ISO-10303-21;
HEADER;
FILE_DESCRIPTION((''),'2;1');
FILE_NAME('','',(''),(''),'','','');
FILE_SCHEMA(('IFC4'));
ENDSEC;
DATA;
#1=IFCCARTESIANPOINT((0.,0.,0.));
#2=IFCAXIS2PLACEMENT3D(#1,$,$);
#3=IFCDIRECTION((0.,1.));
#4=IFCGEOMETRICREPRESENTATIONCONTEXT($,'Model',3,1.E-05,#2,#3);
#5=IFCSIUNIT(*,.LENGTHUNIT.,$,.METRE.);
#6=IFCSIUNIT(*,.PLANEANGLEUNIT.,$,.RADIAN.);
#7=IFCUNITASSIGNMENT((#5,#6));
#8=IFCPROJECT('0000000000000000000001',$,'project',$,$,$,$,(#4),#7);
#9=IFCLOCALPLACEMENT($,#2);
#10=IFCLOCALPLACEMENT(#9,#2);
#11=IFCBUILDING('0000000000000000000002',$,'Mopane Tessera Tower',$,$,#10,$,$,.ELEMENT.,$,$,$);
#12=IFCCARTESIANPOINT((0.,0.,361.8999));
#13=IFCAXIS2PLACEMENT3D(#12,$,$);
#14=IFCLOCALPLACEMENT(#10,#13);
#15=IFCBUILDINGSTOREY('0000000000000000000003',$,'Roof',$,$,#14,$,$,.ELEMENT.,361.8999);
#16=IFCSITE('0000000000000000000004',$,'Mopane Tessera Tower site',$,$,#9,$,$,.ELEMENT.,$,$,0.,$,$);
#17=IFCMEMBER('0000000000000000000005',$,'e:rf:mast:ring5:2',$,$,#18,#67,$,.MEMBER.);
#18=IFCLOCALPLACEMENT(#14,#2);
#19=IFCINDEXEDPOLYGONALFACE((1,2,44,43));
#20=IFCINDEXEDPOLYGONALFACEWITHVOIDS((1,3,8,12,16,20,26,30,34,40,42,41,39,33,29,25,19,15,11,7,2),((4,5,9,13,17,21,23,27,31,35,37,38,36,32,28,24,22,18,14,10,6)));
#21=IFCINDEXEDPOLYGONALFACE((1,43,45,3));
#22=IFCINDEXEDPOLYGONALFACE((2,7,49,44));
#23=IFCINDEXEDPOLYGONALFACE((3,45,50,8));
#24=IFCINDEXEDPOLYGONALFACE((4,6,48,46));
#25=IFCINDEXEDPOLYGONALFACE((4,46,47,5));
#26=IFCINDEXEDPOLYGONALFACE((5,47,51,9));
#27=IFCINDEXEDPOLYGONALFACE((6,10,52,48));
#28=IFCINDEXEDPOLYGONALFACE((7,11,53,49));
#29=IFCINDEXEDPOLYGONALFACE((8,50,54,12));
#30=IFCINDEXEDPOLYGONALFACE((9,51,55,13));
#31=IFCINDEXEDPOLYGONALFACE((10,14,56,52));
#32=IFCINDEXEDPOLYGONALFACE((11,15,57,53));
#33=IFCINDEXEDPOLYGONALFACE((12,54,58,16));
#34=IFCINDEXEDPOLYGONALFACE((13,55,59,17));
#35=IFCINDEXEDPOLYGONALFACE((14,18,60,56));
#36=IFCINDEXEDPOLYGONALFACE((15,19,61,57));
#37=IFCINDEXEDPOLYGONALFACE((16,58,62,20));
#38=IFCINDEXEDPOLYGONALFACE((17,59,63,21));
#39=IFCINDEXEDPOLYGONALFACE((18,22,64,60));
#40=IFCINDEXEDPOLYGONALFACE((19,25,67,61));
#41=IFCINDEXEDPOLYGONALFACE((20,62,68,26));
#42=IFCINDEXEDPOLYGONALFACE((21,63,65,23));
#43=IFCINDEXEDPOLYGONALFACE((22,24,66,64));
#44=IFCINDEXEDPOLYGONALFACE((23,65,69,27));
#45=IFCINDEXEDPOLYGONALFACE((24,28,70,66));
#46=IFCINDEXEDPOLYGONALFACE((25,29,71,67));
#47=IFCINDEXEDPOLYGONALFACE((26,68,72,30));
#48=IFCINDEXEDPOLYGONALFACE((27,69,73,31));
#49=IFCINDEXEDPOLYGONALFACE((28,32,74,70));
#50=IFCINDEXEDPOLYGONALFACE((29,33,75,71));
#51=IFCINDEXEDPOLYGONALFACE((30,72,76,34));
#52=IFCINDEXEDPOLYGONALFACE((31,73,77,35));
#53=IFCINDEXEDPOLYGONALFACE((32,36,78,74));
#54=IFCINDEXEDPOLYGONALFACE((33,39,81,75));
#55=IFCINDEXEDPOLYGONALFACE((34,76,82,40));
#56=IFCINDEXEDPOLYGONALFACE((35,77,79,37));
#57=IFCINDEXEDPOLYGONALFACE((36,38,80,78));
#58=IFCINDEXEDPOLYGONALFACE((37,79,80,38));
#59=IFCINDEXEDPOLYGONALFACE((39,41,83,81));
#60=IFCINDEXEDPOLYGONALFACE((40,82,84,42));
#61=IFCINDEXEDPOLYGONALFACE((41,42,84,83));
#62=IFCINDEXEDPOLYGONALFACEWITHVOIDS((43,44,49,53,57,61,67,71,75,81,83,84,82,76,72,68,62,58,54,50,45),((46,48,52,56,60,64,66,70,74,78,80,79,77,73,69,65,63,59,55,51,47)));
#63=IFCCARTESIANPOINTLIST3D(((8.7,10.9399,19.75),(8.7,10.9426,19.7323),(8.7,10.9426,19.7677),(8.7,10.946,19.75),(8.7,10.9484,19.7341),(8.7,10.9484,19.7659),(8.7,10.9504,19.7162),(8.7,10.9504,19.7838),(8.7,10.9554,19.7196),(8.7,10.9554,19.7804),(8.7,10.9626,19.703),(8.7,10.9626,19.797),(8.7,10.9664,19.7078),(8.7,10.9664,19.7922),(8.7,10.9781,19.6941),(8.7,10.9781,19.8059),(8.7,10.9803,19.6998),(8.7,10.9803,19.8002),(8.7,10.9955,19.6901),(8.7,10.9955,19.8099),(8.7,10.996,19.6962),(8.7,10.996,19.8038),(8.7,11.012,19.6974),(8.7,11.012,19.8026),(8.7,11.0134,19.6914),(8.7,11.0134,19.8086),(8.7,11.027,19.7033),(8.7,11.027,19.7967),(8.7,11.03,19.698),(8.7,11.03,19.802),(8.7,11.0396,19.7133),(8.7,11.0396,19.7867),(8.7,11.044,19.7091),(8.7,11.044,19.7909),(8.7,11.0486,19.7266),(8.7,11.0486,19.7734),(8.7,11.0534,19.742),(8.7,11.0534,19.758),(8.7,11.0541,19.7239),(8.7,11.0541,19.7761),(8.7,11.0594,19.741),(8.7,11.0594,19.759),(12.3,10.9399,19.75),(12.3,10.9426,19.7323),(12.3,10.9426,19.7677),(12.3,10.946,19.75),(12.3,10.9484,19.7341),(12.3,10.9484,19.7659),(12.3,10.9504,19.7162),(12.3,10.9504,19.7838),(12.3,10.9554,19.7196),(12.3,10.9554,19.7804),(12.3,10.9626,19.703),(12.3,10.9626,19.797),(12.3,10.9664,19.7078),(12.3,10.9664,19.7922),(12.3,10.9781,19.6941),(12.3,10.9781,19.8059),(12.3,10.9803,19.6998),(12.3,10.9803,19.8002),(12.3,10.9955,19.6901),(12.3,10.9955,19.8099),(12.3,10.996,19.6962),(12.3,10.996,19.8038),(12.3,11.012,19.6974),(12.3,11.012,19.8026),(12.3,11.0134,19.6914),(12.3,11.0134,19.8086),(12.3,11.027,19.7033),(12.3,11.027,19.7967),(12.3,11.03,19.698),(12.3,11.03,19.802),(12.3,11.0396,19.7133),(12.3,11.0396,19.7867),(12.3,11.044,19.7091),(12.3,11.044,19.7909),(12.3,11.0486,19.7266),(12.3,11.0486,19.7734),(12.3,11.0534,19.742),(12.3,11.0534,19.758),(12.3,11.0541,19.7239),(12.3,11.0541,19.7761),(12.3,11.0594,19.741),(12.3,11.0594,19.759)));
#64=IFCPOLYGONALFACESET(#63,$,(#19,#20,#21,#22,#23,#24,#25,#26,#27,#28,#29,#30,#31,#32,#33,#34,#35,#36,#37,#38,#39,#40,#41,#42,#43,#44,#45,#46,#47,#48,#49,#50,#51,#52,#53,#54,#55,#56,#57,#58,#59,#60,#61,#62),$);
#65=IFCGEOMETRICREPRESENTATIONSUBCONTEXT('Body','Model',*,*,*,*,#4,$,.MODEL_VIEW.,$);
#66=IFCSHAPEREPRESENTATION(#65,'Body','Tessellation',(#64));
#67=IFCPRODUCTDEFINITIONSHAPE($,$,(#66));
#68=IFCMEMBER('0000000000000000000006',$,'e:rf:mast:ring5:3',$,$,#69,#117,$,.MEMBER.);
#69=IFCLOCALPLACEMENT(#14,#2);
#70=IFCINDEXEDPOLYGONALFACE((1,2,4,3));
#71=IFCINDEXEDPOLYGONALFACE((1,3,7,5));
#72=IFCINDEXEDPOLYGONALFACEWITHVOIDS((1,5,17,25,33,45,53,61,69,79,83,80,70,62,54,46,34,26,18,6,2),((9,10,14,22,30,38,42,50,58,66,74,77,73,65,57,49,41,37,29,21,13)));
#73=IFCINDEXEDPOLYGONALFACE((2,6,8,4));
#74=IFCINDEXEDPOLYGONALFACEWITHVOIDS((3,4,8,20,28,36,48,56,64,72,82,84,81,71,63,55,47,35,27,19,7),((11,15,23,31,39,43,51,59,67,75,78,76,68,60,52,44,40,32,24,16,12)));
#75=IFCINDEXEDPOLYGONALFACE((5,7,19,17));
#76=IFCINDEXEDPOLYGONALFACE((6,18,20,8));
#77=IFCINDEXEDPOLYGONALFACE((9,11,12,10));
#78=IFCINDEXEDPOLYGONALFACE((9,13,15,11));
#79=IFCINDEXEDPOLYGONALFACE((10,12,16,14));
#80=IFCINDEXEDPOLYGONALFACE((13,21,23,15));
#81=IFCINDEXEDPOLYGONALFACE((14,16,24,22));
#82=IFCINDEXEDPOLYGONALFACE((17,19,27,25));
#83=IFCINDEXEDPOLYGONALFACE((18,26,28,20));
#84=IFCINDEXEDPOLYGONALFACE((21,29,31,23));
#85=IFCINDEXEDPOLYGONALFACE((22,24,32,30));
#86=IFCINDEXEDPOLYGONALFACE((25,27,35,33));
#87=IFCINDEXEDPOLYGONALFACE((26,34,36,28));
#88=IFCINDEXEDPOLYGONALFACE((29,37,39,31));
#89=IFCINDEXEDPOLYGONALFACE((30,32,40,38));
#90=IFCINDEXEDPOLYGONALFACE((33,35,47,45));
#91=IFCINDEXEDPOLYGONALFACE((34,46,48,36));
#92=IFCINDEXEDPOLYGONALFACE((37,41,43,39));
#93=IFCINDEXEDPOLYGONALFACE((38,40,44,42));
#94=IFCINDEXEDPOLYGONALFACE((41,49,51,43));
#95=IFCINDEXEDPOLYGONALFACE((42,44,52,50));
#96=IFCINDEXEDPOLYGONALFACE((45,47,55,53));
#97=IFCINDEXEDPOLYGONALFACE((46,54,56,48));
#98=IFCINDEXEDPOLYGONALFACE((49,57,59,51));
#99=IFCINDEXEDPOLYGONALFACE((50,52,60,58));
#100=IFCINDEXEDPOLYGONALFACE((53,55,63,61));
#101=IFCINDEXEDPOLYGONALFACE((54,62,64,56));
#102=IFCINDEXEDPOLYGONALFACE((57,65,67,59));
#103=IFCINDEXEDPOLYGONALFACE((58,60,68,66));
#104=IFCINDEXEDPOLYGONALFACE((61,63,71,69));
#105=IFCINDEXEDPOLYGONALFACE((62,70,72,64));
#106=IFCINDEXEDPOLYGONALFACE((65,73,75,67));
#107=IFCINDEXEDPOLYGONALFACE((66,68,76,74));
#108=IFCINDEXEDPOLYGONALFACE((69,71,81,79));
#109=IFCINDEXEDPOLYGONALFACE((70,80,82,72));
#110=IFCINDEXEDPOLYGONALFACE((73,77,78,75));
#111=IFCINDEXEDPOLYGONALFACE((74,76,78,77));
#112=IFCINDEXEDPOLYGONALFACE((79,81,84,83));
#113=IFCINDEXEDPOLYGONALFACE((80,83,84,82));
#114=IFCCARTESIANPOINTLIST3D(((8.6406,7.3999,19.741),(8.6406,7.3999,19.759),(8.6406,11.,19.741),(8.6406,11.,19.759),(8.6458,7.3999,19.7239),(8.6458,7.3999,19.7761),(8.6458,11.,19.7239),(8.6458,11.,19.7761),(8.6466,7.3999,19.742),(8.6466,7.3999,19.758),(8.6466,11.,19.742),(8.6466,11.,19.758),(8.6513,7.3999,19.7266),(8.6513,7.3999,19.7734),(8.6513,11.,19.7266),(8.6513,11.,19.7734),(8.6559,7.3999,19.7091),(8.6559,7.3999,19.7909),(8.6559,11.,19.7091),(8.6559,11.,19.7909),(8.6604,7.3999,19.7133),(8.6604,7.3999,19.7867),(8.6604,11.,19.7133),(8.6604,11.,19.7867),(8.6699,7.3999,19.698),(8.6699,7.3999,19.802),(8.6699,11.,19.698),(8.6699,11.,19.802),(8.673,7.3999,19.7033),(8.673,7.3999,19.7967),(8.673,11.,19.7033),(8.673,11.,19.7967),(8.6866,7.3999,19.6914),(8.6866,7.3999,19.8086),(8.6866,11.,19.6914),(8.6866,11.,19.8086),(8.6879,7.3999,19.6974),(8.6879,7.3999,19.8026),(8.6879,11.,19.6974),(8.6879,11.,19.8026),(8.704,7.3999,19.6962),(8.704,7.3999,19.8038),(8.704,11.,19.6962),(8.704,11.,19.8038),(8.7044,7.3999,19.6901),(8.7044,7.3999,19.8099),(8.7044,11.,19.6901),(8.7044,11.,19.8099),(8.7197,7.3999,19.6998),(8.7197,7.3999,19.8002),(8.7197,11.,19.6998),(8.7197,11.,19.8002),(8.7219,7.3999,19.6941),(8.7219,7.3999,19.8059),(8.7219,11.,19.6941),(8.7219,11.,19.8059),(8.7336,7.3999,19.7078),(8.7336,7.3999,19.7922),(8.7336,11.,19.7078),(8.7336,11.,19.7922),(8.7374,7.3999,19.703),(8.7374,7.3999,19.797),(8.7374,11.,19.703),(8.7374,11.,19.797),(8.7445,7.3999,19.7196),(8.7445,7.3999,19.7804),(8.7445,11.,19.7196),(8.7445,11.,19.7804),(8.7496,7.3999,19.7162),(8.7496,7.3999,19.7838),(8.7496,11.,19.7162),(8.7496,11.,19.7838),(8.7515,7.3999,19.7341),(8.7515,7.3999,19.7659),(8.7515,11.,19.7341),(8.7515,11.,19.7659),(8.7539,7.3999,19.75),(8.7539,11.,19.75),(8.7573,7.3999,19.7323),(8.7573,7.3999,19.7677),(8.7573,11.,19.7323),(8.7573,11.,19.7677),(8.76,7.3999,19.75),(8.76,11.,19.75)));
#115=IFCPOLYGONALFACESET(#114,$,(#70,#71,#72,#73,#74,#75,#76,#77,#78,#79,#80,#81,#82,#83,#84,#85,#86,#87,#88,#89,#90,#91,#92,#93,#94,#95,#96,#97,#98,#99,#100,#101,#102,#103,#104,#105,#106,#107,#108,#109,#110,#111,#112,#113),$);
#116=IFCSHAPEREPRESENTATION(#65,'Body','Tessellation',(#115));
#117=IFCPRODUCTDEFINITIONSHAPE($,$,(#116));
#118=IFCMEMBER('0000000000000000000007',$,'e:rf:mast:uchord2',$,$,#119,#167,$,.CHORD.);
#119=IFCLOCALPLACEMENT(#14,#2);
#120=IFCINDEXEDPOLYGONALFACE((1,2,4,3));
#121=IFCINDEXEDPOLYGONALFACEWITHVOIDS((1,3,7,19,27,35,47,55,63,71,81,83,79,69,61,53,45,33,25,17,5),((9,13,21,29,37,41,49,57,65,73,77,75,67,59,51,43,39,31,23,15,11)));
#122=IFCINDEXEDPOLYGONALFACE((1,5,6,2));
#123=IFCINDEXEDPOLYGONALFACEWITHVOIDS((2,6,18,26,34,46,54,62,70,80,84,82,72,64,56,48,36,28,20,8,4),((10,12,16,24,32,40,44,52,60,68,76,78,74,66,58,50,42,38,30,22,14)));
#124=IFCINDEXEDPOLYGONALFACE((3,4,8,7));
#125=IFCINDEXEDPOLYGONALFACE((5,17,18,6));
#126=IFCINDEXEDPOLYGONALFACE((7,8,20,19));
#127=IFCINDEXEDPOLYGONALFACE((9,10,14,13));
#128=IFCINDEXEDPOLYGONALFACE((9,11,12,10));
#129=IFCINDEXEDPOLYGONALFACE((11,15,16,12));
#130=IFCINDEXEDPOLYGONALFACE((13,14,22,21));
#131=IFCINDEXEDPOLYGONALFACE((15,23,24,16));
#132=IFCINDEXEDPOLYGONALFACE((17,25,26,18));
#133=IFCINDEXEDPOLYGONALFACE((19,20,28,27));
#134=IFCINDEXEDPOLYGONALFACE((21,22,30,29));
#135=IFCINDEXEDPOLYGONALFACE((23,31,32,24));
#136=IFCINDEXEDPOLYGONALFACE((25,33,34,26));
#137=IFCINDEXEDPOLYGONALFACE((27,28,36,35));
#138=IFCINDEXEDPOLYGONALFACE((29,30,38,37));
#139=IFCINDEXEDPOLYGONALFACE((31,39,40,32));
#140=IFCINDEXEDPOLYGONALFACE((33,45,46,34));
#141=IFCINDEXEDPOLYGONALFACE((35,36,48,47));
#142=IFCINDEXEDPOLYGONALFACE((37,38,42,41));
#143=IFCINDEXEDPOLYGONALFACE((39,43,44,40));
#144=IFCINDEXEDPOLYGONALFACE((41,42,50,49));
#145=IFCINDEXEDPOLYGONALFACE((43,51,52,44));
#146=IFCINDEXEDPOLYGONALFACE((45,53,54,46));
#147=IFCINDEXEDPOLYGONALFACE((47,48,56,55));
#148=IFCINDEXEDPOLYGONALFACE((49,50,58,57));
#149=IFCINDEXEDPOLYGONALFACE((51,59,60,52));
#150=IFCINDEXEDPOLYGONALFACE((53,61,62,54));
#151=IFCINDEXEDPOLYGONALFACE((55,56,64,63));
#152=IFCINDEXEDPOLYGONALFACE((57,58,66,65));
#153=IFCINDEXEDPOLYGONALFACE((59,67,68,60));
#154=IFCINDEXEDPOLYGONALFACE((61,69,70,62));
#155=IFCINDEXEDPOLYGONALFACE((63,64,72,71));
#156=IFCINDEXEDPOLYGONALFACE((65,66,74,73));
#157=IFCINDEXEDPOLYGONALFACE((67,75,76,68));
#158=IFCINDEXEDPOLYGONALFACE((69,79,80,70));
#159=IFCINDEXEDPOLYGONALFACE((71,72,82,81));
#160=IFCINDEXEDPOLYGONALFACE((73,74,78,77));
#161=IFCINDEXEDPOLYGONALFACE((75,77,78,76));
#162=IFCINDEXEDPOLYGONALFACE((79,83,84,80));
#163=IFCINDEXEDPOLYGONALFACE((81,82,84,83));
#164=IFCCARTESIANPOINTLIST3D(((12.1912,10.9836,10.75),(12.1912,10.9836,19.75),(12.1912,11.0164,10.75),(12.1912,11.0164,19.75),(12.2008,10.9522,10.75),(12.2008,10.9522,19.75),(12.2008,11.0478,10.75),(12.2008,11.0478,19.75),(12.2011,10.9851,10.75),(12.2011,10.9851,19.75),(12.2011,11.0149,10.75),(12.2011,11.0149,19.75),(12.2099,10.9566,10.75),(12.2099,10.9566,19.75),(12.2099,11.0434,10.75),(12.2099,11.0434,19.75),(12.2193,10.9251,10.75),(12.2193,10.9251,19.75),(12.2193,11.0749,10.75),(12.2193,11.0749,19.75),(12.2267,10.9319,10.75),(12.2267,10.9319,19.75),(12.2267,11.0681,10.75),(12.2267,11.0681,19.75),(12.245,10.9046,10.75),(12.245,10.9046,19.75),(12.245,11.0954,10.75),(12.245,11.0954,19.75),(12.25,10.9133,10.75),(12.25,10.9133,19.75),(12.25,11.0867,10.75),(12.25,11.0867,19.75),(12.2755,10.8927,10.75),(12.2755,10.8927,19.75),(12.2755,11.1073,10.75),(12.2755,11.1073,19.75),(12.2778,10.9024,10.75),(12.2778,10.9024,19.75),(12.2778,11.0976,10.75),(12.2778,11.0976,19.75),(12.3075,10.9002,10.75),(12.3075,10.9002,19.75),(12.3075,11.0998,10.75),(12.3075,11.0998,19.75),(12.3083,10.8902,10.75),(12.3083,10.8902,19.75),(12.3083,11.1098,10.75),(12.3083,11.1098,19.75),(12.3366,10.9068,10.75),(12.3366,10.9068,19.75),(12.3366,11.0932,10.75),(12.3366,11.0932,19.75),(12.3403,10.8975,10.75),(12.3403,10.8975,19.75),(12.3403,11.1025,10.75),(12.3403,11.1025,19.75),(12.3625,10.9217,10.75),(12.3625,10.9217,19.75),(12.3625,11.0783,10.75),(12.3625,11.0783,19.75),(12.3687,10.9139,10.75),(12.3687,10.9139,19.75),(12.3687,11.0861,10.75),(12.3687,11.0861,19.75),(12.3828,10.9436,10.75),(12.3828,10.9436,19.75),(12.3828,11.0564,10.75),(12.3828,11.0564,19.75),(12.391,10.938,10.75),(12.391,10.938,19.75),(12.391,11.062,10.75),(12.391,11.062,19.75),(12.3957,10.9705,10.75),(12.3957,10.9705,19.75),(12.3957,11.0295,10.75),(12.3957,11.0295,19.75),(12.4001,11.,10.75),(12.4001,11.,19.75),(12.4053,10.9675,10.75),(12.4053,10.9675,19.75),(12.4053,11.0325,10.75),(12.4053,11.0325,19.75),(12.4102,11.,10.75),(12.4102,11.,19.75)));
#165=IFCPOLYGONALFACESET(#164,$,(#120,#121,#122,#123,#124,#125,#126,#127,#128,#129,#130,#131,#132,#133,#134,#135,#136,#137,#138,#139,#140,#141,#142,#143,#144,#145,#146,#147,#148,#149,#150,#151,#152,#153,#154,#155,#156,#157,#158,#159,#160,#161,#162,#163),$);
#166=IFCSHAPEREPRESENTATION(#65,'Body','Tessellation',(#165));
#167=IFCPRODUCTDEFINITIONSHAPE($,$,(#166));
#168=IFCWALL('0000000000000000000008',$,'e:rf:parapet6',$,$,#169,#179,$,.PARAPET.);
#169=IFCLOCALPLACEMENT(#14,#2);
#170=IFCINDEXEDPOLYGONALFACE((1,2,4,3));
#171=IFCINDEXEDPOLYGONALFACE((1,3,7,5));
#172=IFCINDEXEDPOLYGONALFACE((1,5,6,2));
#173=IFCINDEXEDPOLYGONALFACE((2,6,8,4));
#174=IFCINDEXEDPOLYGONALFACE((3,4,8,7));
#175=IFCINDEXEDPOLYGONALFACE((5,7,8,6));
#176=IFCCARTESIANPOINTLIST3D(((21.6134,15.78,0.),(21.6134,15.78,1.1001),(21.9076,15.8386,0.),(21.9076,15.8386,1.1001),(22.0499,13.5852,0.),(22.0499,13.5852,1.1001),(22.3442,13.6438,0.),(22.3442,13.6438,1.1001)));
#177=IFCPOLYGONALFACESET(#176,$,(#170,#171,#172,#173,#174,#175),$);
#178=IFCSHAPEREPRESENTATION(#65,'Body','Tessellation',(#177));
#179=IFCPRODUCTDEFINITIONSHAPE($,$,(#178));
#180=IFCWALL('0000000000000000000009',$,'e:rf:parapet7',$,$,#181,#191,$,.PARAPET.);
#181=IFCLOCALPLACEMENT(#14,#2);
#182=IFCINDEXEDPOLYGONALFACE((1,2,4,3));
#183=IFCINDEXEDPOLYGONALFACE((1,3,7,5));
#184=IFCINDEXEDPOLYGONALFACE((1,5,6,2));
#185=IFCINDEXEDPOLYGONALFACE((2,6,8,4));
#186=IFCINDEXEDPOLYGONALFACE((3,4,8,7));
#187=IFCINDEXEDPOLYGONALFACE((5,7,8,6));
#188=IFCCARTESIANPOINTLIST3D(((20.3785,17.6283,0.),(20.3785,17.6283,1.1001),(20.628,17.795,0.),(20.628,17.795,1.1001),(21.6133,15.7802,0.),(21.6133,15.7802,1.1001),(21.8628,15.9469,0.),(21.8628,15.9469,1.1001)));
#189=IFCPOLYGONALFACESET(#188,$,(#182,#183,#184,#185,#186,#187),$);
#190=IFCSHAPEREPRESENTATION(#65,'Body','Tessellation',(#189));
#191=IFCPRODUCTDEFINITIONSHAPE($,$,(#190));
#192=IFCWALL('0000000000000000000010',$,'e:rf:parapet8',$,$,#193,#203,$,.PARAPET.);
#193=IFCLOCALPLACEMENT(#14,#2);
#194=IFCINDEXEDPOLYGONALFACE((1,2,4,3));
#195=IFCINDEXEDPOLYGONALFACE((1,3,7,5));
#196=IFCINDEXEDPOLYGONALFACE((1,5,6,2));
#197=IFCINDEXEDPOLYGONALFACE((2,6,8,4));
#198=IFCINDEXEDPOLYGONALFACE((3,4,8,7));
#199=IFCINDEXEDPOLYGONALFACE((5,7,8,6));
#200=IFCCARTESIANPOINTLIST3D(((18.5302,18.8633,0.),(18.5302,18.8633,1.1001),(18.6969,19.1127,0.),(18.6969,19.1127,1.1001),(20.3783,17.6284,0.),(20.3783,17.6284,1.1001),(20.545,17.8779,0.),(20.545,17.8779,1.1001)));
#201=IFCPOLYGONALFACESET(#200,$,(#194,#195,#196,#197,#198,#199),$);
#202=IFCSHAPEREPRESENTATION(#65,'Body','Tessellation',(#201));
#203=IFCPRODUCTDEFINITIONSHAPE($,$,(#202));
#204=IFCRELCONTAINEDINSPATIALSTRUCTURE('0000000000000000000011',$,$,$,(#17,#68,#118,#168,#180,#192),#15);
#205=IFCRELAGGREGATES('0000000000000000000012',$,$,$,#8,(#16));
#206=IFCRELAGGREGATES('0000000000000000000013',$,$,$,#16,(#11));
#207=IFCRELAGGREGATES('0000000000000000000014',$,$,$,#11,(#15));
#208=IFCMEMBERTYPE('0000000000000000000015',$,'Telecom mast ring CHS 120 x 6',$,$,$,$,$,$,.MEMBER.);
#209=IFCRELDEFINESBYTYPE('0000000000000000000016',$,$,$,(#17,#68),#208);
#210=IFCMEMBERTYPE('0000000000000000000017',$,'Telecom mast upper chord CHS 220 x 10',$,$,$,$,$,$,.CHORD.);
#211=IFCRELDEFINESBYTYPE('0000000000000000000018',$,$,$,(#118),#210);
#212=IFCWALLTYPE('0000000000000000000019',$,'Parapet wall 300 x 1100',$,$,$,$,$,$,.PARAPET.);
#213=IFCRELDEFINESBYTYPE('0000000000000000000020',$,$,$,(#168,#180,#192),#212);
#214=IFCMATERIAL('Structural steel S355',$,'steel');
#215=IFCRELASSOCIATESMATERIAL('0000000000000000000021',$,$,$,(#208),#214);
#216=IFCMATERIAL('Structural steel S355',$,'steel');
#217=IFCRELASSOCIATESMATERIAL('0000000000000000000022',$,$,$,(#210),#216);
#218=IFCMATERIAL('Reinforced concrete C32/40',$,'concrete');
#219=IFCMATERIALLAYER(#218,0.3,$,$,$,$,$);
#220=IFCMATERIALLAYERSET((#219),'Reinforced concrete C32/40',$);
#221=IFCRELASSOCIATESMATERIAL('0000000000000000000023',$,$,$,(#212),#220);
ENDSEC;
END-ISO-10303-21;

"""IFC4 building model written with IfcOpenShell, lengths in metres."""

from ifc_helpers import new_model, si_unit, direction, frame, frame_2d, origin, origin_2d, place, context, subcontext, project, spatial, rectangle, hollow_circle, extrude, material, layer, layer_set, material_profile, profile_set, type_object, element, save


model = new_model("IFC4")

# Units and contexts
model_context = context("Model", 3, precision=1e-05, world=origin(), true_north=direction((0.0, 1.0)))
body_context = subcontext(model_context, "Body", "Model", "MODEL_VIEW")
ifc_project = project(units=[si_unit("LENGTHUNIT", "METRE"), si_unit("PLANEANGLEUNIT", "RADIAN")], contexts=[model_context])

# Site, building, storey
site_placement = place(None, origin())
site = spatial("IfcSite", under=ifc_project, at=site_placement, Name="Mopane Tessera Tower site", CompositionType="ELEMENT", RefElevation=0.0)
building_placement = place(site_placement, origin())
building = spatial("IfcBuilding", under=site, at=building_placement, Name="Mopane Tessera Tower", CompositionType="ELEMENT")
storey_placement = place(building_placement, frame((0.0, 0.0, 361.8999)))
storey = spatial("IfcBuildingStorey", under=building, at=storey_placement, Name="Roof", CompositionType="ELEMENT", Elevation=361.8999)

# Members
ifc_material_1 = material(Name="Structural steel S355", Category="steel")
ifc_material_profile_1 = material_profile(ifc_material_1, hollow_circle(Radius=0.0601, WallThickness=0.0061, at=origin_2d()))
ifc_profile_set_1 = profile_set([ifc_material_profile_1], Name="Structural steel S355")
member_type_1 = type_object("IfcMemberType", Name="Telecom mast ring CHS 120 x 6", PredefinedType="MEMBER", material=ifc_profile_set_1)
for number, where, z_axis, x_axis, name in (
    (1, (12.3, 11.0, 19.75), (-1.0, 0.0, 0.0), (0.0, -1.0, 0.0), "e:rf:mast:ring5:2"),
    (2, (8.7, 11.0, 19.75), (0.0, -1.0, 0.0), (1.0, 0.0, 0.0), "e:rf:mast:ring5:3"),
):
    element("IfcMember", number, at=place(storey_placement, frame(where, z_axis=z_axis, x_axis=x_axis)), inside=storey, type_object=member_type_1, Name=name, PredefinedType="MEMBER", context=body_context, shape_type="SweptSolid", body=[
        extrude(hollow_circle(Radius=0.0601, WallThickness=0.0061, at=origin_2d()), origin(), (0.0, 0.0, 1.0), 3.6001),
    ])
ifc_material_2 = material(Name="Structural steel S355", Category="steel")
ifc_material_profile_2 = material_profile(ifc_material_2, hollow_circle(Radius=0.1101, WallThickness=0.01, at=origin_2d()))
ifc_profile_set_2 = profile_set([ifc_material_profile_2], Name="Structural steel S355")
member_type_2 = type_object("IfcMemberType", Name="Telecom mast upper chord CHS 220 x 10", PredefinedType="CHORD", material=ifc_profile_set_2)
member_1_placement = place(storey_placement, frame((12.3, 11.0, 10.75), z_axis=(0.0, 0.0, 1.0), x_axis=(1.0, 0.0, 0.0)))
element("IfcMember", 3, at=member_1_placement, inside=storey, type_object=member_type_2, Name="e:rf:mast:uchord2", PredefinedType="CHORD", context=body_context, shape_type="SweptSolid", body=[
    extrude(hollow_circle(Radius=0.1101, WallThickness=0.01, at=origin_2d()), origin(), (0.0, 0.0, 1.0), 9.0),
])

# Walls
ifc_material_3 = material(Name="Reinforced concrete C32/40", Category="concrete")
ifc_layer = layer(ifc_material_3, 0.3)
ifc_layer_set = layer_set([ifc_layer], Name="Reinforced concrete C32/40")
wall_type = type_object("IfcWallType", Name="Parapet wall 300 x 1100", PredefinedType="PARAPET", material=ifc_layer_set)
wall_1_placement = place(storey_placement, frame((22.197, 13.6145, 0.0), z_axis=(0.0, 0.0, 1.0), x_axis=(-0.195067, 0.98079, 0.0)))
element("IfcWall", 4, at=wall_1_placement, inside=storey, type_object=wall_type, Name="e:rf:parapet6", PredefinedType="PARAPET", context=body_context, shape_type="SweptSolid", body=[
    extrude(rectangle(XDim=2.2378, YDim=0.3, at=frame_2d((1.1189, 0.0))), origin(), (0.0, 0.0, 1.0), 1.1001),
])
for number, where, z_axis, x_axis, name in (
    (5, (21.738, 15.8635, 0.0), (0.0, 0.0, 1.0), (-0.555562, 0.831475, 0.0), "e:rf:parapet7"),
    (6, (20.4617, 17.7532, 0.0), (0.0, 0.0, 1.0), (-0.831475, 0.555562, 0.0), "e:rf:parapet8"),
):
    element("IfcWall", number, at=place(storey_placement, frame(where, z_axis=z_axis, x_axis=x_axis)), inside=storey, type_object=wall_type, Name=name, PredefinedType="PARAPET", context=body_context, shape_type="SweptSolid", body=[
        extrude(rectangle(XDim=2.2227, YDim=0.3, at=frame_2d((1.1113, 0.0))), origin(), (0.0, 0.0, 1.0), 1.1001),
    ])

save(model, "model.ifc")
